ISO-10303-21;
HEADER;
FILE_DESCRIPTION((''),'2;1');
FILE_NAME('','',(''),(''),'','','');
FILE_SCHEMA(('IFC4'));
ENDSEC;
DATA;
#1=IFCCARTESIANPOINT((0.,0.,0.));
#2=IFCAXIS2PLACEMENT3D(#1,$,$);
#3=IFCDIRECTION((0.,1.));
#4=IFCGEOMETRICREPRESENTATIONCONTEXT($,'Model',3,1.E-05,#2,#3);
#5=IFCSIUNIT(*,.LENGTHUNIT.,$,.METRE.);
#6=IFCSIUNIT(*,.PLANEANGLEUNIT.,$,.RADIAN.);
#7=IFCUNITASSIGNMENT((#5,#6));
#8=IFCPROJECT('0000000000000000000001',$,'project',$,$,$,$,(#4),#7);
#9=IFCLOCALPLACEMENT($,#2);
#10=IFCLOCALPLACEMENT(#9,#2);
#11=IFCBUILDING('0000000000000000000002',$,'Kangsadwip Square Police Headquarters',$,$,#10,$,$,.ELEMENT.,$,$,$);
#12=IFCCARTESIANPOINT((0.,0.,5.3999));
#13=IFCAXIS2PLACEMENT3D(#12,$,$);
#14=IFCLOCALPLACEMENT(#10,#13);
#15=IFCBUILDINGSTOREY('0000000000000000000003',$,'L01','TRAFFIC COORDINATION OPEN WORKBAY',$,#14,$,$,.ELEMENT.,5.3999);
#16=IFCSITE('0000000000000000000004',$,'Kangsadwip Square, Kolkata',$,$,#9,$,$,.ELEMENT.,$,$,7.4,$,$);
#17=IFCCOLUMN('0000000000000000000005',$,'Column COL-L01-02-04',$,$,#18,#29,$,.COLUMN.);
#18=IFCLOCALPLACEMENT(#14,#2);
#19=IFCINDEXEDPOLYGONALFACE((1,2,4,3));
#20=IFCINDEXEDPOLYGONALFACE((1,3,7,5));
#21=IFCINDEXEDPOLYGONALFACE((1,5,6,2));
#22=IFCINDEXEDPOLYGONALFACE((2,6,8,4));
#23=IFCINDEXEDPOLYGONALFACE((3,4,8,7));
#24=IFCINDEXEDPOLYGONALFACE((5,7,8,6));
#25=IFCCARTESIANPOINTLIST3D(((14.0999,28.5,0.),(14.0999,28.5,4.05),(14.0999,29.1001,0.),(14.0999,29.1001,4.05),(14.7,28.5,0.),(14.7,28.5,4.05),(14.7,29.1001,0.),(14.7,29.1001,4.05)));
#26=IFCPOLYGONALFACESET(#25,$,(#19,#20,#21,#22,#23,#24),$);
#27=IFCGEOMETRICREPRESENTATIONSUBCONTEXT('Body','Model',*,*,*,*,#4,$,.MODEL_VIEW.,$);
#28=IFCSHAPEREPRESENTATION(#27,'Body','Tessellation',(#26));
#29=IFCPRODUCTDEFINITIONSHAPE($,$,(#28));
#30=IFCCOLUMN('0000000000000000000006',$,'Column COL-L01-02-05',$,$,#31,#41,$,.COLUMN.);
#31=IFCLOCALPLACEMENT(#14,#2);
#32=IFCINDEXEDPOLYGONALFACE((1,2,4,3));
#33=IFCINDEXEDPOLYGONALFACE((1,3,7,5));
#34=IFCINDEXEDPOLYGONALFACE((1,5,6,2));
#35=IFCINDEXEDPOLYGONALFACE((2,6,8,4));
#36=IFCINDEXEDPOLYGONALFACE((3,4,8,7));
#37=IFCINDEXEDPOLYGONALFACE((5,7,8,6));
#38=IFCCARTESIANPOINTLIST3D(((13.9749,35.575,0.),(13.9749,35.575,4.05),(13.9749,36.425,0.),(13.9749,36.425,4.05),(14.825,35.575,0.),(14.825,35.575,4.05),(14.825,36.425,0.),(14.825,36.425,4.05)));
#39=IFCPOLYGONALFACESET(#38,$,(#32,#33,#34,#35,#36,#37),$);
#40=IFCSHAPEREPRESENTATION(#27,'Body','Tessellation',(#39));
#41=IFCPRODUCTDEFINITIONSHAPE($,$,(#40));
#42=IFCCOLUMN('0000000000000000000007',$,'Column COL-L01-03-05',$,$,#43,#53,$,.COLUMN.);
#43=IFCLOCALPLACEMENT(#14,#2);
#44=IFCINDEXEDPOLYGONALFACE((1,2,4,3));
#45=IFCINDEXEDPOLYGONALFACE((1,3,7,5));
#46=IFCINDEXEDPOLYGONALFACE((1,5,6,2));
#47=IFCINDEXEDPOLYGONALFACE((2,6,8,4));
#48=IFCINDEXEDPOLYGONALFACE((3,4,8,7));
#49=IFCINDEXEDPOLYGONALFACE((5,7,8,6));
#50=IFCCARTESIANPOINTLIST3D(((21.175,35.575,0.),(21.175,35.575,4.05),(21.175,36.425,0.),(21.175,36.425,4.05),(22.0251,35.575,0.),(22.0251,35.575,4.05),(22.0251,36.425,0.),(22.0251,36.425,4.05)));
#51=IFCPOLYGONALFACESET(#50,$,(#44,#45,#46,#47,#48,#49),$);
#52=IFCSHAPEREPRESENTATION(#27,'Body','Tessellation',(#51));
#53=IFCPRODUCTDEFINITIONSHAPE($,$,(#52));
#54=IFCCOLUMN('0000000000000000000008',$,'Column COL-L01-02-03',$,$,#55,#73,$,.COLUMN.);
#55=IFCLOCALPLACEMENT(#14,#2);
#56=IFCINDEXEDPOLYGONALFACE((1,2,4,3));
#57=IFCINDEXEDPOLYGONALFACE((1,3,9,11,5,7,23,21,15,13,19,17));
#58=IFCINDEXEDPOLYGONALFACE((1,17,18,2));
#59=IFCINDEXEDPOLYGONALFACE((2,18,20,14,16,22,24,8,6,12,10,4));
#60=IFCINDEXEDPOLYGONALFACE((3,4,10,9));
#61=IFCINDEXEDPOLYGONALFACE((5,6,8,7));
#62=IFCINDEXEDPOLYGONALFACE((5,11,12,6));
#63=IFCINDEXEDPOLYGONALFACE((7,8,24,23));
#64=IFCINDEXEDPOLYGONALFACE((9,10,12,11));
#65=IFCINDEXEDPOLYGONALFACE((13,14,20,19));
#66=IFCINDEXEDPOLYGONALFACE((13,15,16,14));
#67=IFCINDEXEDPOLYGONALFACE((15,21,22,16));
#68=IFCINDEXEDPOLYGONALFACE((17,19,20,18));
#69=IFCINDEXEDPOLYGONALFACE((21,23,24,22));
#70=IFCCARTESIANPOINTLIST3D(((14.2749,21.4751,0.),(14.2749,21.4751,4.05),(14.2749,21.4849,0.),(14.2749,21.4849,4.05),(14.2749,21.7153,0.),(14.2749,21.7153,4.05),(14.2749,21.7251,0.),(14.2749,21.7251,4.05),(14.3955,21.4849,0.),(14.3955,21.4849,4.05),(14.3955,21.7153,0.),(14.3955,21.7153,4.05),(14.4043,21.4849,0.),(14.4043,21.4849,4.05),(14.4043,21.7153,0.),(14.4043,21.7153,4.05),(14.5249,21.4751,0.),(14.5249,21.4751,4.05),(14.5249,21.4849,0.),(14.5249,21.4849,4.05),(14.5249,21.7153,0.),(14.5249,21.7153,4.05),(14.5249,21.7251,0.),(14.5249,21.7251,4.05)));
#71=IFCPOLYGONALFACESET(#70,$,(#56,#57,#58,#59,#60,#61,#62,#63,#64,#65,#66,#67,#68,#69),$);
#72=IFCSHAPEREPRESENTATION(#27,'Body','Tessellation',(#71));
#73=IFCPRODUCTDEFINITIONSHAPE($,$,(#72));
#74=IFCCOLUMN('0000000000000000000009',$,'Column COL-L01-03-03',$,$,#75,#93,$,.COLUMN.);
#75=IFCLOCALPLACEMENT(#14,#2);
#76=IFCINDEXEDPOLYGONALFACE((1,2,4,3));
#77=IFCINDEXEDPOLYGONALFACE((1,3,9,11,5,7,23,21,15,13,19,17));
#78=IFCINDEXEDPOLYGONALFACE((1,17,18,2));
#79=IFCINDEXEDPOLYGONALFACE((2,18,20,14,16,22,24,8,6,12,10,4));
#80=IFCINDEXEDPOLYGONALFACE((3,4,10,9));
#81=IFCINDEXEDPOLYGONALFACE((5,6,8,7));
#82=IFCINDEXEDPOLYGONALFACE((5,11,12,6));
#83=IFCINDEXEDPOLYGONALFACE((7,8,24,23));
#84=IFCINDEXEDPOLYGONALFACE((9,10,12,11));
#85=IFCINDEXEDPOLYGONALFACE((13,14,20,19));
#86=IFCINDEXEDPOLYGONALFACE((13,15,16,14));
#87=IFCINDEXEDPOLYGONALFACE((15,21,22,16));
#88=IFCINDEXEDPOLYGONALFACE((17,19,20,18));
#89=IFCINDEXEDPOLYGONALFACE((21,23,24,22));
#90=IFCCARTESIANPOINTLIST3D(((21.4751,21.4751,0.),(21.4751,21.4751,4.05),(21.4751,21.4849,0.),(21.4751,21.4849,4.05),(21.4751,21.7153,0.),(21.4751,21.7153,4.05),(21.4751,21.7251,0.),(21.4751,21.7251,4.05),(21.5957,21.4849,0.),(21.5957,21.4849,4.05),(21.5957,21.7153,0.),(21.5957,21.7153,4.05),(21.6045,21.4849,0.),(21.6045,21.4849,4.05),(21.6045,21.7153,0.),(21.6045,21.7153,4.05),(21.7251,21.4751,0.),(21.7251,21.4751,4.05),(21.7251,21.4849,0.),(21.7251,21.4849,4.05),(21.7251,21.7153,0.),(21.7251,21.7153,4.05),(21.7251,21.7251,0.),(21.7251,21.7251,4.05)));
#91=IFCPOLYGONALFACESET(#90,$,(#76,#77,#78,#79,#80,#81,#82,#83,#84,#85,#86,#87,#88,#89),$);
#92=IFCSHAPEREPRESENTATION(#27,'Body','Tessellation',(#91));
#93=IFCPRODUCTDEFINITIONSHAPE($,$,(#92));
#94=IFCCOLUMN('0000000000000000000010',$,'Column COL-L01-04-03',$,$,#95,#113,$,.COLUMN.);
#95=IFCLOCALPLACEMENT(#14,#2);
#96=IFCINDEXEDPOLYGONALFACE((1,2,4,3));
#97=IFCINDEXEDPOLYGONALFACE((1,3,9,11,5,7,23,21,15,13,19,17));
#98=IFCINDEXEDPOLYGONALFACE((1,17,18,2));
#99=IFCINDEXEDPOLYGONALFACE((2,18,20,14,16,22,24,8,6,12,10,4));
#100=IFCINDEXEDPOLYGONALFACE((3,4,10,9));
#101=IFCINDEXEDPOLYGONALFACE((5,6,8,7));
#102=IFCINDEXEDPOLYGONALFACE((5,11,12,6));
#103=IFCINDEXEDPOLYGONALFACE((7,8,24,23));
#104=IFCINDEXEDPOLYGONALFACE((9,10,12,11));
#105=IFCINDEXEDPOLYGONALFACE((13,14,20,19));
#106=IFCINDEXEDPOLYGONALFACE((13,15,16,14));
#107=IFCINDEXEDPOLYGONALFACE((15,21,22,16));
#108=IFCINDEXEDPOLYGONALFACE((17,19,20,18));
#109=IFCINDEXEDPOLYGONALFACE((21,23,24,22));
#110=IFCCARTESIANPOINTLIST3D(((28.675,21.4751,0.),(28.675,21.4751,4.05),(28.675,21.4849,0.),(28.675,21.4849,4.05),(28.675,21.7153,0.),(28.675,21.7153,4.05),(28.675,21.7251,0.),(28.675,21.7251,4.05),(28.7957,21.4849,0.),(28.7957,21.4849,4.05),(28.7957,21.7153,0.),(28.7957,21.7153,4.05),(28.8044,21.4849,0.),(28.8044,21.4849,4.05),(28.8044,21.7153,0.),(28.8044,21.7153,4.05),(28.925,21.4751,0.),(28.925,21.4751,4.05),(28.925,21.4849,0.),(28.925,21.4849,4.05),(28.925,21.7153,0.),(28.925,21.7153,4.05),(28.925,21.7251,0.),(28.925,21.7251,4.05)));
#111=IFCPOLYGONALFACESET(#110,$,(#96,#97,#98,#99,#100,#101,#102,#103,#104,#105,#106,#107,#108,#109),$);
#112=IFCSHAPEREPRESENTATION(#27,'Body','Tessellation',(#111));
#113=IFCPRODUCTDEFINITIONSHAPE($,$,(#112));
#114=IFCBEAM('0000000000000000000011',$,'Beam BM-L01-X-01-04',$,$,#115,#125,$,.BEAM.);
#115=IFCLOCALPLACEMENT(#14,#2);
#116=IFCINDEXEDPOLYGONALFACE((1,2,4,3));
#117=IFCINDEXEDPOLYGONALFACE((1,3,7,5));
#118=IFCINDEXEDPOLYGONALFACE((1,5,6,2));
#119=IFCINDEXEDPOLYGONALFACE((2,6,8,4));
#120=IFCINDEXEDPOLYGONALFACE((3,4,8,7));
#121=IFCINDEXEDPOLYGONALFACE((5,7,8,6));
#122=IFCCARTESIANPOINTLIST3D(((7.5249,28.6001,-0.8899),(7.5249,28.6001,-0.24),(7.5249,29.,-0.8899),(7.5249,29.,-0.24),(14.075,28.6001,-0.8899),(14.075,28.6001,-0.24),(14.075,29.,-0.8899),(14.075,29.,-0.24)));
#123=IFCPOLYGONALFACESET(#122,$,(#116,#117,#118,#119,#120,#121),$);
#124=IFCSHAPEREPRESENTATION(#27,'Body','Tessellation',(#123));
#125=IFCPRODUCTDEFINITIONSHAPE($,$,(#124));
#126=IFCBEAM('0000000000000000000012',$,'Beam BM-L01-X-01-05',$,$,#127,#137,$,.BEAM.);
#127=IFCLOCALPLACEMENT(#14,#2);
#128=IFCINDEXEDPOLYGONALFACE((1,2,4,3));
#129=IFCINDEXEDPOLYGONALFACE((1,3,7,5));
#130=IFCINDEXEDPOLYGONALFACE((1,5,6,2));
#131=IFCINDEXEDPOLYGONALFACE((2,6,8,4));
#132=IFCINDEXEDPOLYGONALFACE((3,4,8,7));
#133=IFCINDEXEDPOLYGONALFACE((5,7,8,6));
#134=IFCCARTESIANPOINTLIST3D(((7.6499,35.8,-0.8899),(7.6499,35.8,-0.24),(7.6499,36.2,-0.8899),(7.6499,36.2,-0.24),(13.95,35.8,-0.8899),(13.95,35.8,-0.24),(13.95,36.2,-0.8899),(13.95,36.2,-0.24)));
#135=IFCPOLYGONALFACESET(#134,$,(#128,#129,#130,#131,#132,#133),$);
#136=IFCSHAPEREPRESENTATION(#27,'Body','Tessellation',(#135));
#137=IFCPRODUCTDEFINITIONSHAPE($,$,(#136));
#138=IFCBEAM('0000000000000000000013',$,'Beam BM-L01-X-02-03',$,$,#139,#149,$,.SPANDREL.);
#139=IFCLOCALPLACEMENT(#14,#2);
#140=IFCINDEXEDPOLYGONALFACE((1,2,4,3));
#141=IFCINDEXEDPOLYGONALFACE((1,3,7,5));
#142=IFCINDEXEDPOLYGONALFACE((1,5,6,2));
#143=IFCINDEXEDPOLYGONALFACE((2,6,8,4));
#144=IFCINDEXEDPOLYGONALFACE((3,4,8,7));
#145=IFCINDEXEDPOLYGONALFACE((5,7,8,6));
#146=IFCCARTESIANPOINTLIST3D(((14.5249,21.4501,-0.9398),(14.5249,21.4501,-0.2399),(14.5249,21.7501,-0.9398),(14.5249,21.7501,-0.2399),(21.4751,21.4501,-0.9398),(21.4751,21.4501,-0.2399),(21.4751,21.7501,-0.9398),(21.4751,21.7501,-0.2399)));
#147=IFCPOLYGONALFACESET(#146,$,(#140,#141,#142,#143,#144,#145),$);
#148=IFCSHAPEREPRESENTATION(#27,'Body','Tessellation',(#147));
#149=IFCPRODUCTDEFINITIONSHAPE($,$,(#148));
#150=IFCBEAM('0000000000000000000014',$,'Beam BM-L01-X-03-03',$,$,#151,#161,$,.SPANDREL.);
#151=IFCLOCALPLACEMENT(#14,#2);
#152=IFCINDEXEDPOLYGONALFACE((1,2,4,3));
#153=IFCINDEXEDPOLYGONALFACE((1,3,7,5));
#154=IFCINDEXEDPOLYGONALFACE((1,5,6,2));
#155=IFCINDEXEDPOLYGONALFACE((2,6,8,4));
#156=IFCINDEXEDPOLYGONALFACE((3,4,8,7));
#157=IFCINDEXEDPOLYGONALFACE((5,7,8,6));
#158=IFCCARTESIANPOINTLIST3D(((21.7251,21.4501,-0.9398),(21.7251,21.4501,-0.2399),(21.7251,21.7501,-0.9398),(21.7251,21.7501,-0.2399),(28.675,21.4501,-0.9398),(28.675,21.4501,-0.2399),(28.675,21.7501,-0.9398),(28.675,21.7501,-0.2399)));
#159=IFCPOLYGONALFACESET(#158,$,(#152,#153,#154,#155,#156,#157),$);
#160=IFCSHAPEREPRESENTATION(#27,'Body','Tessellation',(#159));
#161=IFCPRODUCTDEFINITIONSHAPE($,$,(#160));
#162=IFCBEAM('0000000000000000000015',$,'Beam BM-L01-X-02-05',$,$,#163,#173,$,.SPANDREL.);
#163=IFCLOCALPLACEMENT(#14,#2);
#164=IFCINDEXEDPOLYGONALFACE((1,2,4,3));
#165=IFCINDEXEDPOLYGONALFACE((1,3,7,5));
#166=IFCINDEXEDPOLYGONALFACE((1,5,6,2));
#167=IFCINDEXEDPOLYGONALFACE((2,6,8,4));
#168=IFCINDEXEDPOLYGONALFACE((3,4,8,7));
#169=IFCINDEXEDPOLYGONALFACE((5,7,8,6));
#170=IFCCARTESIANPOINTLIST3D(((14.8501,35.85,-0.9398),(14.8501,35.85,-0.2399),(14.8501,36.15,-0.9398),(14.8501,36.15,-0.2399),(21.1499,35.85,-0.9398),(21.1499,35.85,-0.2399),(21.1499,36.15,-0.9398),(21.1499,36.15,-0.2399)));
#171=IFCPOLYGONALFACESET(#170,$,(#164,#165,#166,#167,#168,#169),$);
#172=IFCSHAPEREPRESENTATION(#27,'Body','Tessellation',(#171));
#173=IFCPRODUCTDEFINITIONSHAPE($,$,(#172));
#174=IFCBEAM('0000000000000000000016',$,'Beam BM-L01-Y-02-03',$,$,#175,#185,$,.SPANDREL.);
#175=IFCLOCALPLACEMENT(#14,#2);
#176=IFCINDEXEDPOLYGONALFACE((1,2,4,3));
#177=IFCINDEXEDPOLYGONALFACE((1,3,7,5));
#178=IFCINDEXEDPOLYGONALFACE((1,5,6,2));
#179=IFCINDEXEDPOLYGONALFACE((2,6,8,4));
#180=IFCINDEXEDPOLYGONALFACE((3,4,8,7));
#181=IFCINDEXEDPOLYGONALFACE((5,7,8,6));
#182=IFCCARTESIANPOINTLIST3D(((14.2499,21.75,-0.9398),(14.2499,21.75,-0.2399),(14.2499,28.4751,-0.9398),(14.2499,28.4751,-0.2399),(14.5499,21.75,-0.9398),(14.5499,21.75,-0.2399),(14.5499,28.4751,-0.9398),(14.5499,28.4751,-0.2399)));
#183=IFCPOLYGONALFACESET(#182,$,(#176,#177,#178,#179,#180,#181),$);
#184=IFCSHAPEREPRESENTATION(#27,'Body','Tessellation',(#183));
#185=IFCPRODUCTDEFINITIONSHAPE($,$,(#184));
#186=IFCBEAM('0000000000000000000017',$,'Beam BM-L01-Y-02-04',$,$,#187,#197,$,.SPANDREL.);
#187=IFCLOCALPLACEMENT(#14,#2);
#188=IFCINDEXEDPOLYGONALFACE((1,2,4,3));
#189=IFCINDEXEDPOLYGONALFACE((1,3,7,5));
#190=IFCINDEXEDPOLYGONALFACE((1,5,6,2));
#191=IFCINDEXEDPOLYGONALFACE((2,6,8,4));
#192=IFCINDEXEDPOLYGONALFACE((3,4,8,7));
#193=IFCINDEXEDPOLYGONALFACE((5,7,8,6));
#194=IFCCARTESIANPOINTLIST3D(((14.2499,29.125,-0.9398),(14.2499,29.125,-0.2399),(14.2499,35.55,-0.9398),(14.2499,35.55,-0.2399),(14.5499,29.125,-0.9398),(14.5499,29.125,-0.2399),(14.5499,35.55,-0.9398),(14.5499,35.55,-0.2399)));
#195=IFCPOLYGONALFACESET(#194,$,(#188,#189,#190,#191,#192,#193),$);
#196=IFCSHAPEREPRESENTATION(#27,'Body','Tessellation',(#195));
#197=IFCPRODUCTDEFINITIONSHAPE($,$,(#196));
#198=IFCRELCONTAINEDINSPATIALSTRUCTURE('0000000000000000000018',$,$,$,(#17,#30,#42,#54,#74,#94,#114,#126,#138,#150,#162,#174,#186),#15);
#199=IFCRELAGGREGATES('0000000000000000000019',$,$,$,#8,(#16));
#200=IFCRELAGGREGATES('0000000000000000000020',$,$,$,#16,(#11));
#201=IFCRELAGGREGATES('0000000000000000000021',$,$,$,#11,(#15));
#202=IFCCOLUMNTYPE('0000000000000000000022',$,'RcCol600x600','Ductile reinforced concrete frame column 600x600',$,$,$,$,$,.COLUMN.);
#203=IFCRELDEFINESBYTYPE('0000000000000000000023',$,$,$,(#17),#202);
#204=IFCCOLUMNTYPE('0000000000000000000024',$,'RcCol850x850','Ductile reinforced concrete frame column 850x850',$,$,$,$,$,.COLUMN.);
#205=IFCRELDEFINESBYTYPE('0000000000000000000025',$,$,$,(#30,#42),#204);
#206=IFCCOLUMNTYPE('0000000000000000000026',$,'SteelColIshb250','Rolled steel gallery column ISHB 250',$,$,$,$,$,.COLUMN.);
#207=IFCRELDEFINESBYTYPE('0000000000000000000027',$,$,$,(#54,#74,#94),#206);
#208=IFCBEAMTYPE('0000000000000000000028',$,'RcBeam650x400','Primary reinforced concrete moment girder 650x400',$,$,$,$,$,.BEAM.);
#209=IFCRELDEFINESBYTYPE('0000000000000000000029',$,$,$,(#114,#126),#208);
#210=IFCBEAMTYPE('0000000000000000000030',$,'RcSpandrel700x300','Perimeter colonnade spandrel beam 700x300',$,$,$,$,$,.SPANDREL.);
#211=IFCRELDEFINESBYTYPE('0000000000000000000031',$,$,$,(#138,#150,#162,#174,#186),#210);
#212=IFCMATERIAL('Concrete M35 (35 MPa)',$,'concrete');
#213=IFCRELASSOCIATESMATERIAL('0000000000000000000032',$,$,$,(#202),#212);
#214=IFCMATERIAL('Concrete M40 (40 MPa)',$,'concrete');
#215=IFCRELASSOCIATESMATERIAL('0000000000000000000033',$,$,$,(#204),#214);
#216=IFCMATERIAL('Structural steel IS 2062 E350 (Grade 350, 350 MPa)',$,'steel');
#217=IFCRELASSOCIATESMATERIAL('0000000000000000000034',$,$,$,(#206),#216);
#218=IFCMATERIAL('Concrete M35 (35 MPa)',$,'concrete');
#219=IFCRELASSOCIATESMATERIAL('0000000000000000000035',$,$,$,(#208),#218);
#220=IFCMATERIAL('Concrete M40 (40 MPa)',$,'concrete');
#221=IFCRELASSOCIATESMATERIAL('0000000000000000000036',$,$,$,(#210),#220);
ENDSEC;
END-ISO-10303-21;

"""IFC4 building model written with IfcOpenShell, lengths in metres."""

from ifc_helpers import new_model, si_unit, direction, frame, origin, origin_2d, place, context, subcontext, project, spatial, rectangle, i_section, extrude, material, material_profile, profile_set, type_object, element, save


model = new_model("IFC4")

# Units and contexts
model_context = context("Model", 3, precision=1e-05, world=origin(), true_north=direction((0.0, 1.0)))
body_context = subcontext(model_context, "Body", "Model", "MODEL_VIEW")
ifc_project = project(units=[si_unit("LENGTHUNIT", "METRE"), si_unit("PLANEANGLEUNIT", "RADIAN")], contexts=[model_context])

# Site, building, storey
site_placement = place(None, origin())
site = spatial("IfcSite", under=ifc_project, at=site_placement, Name="Kangsadwip Square, Kolkata", CompositionType="ELEMENT", RefElevation=7.4)
building_placement = place(site_placement, origin())
building = spatial("IfcBuilding", under=site, at=building_placement, Name="Kangsadwip Square Police Headquarters", CompositionType="ELEMENT")
storey_placement = place(building_placement, frame((0.0, 0.0, 5.3999)))
storey = spatial("IfcBuildingStorey", under=building, at=storey_placement, Name="L01", Description="TRAFFIC COORDINATION OPEN WORKBAY", CompositionType="ELEMENT", Elevation=5.3999)

# Columns
ifc_material_1 = material(Name="Concrete M35 (35 MPa)", Category="concrete")
ifc_material_profile_1 = material_profile(ifc_material_1, rectangle(XDim=0.6001, YDim=0.6001, at=origin_2d()), Name="RC COL 600X600")
ifc_profile_set_1 = profile_set([ifc_material_profile_1], Name="Concrete M35 (35 MPa)")
column_type_1 = type_object("IfcColumnType", Name="RcCol600x600", Description="Ductile reinforced concrete frame column 600x600", PredefinedType="COLUMN", material=ifc_profile_set_1)
column_placement = place(storey_placement, frame((14.3999, 28.8, 0.0), z_axis=(0.0, 0.0, 1.0), x_axis=(1.0, 0.0, 0.0)))
element("IfcColumn", 1, at=column_placement, inside=storey, type_object=column_type_1, Name="Column COL-L01-02-04", PredefinedType="COLUMN", context=body_context, shape_type="SweptSolid", body=[
    extrude(rectangle(XDim=0.6001, YDim=0.6001, at=origin_2d()), origin(), (0.0, 0.0, 1.0), 4.05),
])
ifc_material_2 = material(Name="Concrete M40 (40 MPa)", Category="concrete")
ifc_material_profile_2 = material_profile(ifc_material_2, rectangle(XDim=0.8501, YDim=0.8501, at=origin_2d()), Name="RC COL 850X850")
ifc_profile_set_2 = profile_set([ifc_material_profile_2], Name="Concrete M40 (40 MPa)")
column_type_2 = type_object("IfcColumnType", Name="RcCol850x850", Description="Ductile reinforced concrete frame column 850x850", PredefinedType="COLUMN", material=ifc_profile_set_2)
for number, where, z_axis, x_axis, name in (
    (2, (14.3999, 36.0, 0.0), (0.0, 0.0, 1.0), (1.0, 0.0, 0.0), "Column COL-L01-02-05"),
    (3, (21.6001, 36.0, 0.0), (0.0, 0.0, 1.0), (1.0, 0.0, 0.0), "Column COL-L01-03-05"),
):
    element("IfcColumn", number, at=place(storey_placement, frame(where, z_axis=z_axis, x_axis=x_axis)), inside=storey, type_object=column_type_2, Name=name, PredefinedType="COLUMN", context=body_context, shape_type="SweptSolid", body=[
        extrude(rectangle(XDim=0.8501, YDim=0.8501, at=origin_2d()), origin(), (0.0, 0.0, 1.0), 4.05),
    ])
ifc_material_3 = material(Name="Structural steel IS 2062 E350 (Grade 350, 350 MPa)", Category="steel")
ifc_material_profile_3 = material_profile(ifc_material_3, i_section(OverallWidth=0.25, OverallDepth=0.25, WebThickness=0.0088, FlangeThickness=0.0098, at=origin_2d()), Name="ISHB 250")
ifc_profile_set_3 = profile_set([ifc_material_profile_3], Name="Structural steel IS 2062 E350 (Grade 350, 350 MPa)")
column_type_3 = type_object("IfcColumnType", Name="SteelColIshb250", Description="Rolled steel gallery column ISHB 250", PredefinedType="COLUMN", material=ifc_profile_set_3)
for number, where, z_axis, x_axis, name in (
    (4, (14.3999, 21.6001, 0.0), (0.0, 0.0, 1.0), (1.0, 0.0, 0.0), "Column COL-L01-02-03"),
    (5, (21.6001, 21.6001, 0.0), (0.0, 0.0, 1.0), (1.0, 0.0, 0.0), "Column COL-L01-03-03"),
    (6, (28.8, 21.6001, 0.0), (0.0, 0.0, 1.0), (1.0, 0.0, 0.0), "Column COL-L01-04-03"),
):
    element("IfcColumn", number, at=place(storey_placement, frame(where, z_axis=z_axis, x_axis=x_axis)), inside=storey, type_object=column_type_3, Name=name, PredefinedType="COLUMN", context=body_context, shape_type="SweptSolid", body=[
        extrude(i_section(OverallWidth=0.25, OverallDepth=0.25, WebThickness=0.0088, FlangeThickness=0.0098, at=origin_2d()), origin(), (0.0, 0.0, 1.0), 4.05),
    ])

# Beams
ifc_material_4 = material(Name="Concrete M35 (35 MPa)", Category="concrete")
ifc_material_profile_4 = material_profile(ifc_material_4, rectangle(XDim=0.3999, YDim=0.6499, at=origin_2d()), Name="RC BM 650X400")
ifc_profile_set_4 = profile_set([ifc_material_profile_4], Name="Concrete M35 (35 MPa)")
beam_type_1 = type_object("IfcBeamType", Name="RcBeam650x400", Description="Primary reinforced concrete moment girder 650x400", PredefinedType="BEAM", material=ifc_profile_set_4)
beam_1_placement = place(storey_placement, frame((7.5249, 28.8, -0.5649), z_axis=(1.0, 0.0, 0.0), x_axis=(0.0, 1.0, 0.0)))
element("IfcBeam", 7, at=beam_1_placement, inside=storey, type_object=beam_type_1, Name="Beam BM-L01-X-01-04", PredefinedType="BEAM", context=body_context, shape_type="SweptSolid", body=[
    extrude(rectangle(XDim=0.3999, YDim=0.6499, at=origin_2d()), origin(), (0.0, 0.0, 1.0), 6.55),
])
beam_2_placement = place(storey_placement, frame((7.6499, 36.0, -0.5649), z_axis=(1.0, 0.0, 0.0), x_axis=(0.0, 1.0, 0.0)))
element("IfcBeam", 8, at=beam_2_placement, inside=storey, type_object=beam_type_1, Name="Beam BM-L01-X-01-05", PredefinedType="BEAM", context=body_context, shape_type="SweptSolid", body=[
    extrude(rectangle(XDim=0.3999, YDim=0.6499, at=origin_2d()), origin(), (0.0, 0.0, 1.0), 6.3),
])
ifc_material_5 = material(Name="Concrete M40 (40 MPa)", Category="concrete")
ifc_material_profile_5 = material_profile(ifc_material_5, rectangle(XDim=0.3, YDim=0.7, at=origin_2d()), Name="RC SPN 700X300")
ifc_profile_set_5 = profile_set([ifc_material_profile_5], Name="Concrete M40 (40 MPa)")
beam_type_2 = type_object("IfcBeamType", Name="RcSpandrel700x300", Description="Perimeter colonnade spandrel beam 700x300", PredefinedType="SPANDREL", material=ifc_profile_set_5)
beam_3_placement = place(storey_placement, frame((14.5249, 21.6001, -0.5898), z_axis=(1.0, 0.0, 0.0), x_axis=(0.0, 1.0, 0.0)))
element("IfcBeam", 9, at=beam_3_placement, inside=storey, type_object=beam_type_2, Name="Beam BM-L01-X-02-03", PredefinedType="SPANDREL", context=body_context, shape_type="SweptSolid", body=[
    extrude(rectangle(XDim=0.3, YDim=0.7, at=origin_2d()), origin(), (0.0, 0.0, 1.0), 6.9502),
])
beam_4_placement = place(storey_placement, frame((21.7251, 21.6001, -0.5898), z_axis=(1.0, 0.0, 0.0), x_axis=(0.0, 1.0, 0.0)))
element("IfcBeam", 10, at=beam_4_placement, inside=storey, type_object=beam_type_2, Name="Beam BM-L01-X-03-03", PredefinedType="SPANDREL", context=body_context, shape_type="SweptSolid", body=[
    extrude(rectangle(XDim=0.3, YDim=0.7, at=origin_2d()), origin(), (0.0, 0.0, 1.0), 6.95),
])
beam_5_placement = place(storey_placement, frame((14.8501, 36.0, -0.5898), z_axis=(1.0, 0.0, 0.0), x_axis=(0.0, 1.0, 0.0)))
element("IfcBeam", 11, at=beam_5_placement, inside=storey, type_object=beam_type_2, Name="Beam BM-L01-X-02-05", PredefinedType="SPANDREL", context=body_context, shape_type="SweptSolid", body=[
    extrude(rectangle(XDim=0.3, YDim=0.7, at=origin_2d()), origin(), (0.0, 0.0, 1.0), 6.2998),
])
beam_6_placement = place(storey_placement, frame((14.3999, 21.75, -0.5898), z_axis=(0.0, 1.0, 0.0), x_axis=(-1.0, 0.0, 0.0)))
element("IfcBeam", 12, at=beam_6_placement, inside=storey, type_object=beam_type_2, Name="Beam BM-L01-Y-02-03", PredefinedType="SPANDREL", context=body_context, shape_type="SweptSolid", body=[
    extrude(rectangle(XDim=0.3, YDim=0.7, at=origin_2d()), origin(), (0.0, 0.0, 1.0), 6.7251),
])
beam_7_placement = place(storey_placement, frame((14.3999, 29.125, -0.5898), z_axis=(0.0, 1.0, 0.0), x_axis=(-1.0, 0.0, 0.0)))
element("IfcBeam", 13, at=beam_7_placement, inside=storey, type_object=beam_type_2, Name="Beam BM-L01-Y-02-04", PredefinedType="SPANDREL", context=body_context, shape_type="SweptSolid", body=[
    extrude(rectangle(XDim=0.3, YDim=0.7, at=origin_2d()), origin(), (0.0, 0.0, 1.0), 6.425),
])

save(model, "model.ifc")
